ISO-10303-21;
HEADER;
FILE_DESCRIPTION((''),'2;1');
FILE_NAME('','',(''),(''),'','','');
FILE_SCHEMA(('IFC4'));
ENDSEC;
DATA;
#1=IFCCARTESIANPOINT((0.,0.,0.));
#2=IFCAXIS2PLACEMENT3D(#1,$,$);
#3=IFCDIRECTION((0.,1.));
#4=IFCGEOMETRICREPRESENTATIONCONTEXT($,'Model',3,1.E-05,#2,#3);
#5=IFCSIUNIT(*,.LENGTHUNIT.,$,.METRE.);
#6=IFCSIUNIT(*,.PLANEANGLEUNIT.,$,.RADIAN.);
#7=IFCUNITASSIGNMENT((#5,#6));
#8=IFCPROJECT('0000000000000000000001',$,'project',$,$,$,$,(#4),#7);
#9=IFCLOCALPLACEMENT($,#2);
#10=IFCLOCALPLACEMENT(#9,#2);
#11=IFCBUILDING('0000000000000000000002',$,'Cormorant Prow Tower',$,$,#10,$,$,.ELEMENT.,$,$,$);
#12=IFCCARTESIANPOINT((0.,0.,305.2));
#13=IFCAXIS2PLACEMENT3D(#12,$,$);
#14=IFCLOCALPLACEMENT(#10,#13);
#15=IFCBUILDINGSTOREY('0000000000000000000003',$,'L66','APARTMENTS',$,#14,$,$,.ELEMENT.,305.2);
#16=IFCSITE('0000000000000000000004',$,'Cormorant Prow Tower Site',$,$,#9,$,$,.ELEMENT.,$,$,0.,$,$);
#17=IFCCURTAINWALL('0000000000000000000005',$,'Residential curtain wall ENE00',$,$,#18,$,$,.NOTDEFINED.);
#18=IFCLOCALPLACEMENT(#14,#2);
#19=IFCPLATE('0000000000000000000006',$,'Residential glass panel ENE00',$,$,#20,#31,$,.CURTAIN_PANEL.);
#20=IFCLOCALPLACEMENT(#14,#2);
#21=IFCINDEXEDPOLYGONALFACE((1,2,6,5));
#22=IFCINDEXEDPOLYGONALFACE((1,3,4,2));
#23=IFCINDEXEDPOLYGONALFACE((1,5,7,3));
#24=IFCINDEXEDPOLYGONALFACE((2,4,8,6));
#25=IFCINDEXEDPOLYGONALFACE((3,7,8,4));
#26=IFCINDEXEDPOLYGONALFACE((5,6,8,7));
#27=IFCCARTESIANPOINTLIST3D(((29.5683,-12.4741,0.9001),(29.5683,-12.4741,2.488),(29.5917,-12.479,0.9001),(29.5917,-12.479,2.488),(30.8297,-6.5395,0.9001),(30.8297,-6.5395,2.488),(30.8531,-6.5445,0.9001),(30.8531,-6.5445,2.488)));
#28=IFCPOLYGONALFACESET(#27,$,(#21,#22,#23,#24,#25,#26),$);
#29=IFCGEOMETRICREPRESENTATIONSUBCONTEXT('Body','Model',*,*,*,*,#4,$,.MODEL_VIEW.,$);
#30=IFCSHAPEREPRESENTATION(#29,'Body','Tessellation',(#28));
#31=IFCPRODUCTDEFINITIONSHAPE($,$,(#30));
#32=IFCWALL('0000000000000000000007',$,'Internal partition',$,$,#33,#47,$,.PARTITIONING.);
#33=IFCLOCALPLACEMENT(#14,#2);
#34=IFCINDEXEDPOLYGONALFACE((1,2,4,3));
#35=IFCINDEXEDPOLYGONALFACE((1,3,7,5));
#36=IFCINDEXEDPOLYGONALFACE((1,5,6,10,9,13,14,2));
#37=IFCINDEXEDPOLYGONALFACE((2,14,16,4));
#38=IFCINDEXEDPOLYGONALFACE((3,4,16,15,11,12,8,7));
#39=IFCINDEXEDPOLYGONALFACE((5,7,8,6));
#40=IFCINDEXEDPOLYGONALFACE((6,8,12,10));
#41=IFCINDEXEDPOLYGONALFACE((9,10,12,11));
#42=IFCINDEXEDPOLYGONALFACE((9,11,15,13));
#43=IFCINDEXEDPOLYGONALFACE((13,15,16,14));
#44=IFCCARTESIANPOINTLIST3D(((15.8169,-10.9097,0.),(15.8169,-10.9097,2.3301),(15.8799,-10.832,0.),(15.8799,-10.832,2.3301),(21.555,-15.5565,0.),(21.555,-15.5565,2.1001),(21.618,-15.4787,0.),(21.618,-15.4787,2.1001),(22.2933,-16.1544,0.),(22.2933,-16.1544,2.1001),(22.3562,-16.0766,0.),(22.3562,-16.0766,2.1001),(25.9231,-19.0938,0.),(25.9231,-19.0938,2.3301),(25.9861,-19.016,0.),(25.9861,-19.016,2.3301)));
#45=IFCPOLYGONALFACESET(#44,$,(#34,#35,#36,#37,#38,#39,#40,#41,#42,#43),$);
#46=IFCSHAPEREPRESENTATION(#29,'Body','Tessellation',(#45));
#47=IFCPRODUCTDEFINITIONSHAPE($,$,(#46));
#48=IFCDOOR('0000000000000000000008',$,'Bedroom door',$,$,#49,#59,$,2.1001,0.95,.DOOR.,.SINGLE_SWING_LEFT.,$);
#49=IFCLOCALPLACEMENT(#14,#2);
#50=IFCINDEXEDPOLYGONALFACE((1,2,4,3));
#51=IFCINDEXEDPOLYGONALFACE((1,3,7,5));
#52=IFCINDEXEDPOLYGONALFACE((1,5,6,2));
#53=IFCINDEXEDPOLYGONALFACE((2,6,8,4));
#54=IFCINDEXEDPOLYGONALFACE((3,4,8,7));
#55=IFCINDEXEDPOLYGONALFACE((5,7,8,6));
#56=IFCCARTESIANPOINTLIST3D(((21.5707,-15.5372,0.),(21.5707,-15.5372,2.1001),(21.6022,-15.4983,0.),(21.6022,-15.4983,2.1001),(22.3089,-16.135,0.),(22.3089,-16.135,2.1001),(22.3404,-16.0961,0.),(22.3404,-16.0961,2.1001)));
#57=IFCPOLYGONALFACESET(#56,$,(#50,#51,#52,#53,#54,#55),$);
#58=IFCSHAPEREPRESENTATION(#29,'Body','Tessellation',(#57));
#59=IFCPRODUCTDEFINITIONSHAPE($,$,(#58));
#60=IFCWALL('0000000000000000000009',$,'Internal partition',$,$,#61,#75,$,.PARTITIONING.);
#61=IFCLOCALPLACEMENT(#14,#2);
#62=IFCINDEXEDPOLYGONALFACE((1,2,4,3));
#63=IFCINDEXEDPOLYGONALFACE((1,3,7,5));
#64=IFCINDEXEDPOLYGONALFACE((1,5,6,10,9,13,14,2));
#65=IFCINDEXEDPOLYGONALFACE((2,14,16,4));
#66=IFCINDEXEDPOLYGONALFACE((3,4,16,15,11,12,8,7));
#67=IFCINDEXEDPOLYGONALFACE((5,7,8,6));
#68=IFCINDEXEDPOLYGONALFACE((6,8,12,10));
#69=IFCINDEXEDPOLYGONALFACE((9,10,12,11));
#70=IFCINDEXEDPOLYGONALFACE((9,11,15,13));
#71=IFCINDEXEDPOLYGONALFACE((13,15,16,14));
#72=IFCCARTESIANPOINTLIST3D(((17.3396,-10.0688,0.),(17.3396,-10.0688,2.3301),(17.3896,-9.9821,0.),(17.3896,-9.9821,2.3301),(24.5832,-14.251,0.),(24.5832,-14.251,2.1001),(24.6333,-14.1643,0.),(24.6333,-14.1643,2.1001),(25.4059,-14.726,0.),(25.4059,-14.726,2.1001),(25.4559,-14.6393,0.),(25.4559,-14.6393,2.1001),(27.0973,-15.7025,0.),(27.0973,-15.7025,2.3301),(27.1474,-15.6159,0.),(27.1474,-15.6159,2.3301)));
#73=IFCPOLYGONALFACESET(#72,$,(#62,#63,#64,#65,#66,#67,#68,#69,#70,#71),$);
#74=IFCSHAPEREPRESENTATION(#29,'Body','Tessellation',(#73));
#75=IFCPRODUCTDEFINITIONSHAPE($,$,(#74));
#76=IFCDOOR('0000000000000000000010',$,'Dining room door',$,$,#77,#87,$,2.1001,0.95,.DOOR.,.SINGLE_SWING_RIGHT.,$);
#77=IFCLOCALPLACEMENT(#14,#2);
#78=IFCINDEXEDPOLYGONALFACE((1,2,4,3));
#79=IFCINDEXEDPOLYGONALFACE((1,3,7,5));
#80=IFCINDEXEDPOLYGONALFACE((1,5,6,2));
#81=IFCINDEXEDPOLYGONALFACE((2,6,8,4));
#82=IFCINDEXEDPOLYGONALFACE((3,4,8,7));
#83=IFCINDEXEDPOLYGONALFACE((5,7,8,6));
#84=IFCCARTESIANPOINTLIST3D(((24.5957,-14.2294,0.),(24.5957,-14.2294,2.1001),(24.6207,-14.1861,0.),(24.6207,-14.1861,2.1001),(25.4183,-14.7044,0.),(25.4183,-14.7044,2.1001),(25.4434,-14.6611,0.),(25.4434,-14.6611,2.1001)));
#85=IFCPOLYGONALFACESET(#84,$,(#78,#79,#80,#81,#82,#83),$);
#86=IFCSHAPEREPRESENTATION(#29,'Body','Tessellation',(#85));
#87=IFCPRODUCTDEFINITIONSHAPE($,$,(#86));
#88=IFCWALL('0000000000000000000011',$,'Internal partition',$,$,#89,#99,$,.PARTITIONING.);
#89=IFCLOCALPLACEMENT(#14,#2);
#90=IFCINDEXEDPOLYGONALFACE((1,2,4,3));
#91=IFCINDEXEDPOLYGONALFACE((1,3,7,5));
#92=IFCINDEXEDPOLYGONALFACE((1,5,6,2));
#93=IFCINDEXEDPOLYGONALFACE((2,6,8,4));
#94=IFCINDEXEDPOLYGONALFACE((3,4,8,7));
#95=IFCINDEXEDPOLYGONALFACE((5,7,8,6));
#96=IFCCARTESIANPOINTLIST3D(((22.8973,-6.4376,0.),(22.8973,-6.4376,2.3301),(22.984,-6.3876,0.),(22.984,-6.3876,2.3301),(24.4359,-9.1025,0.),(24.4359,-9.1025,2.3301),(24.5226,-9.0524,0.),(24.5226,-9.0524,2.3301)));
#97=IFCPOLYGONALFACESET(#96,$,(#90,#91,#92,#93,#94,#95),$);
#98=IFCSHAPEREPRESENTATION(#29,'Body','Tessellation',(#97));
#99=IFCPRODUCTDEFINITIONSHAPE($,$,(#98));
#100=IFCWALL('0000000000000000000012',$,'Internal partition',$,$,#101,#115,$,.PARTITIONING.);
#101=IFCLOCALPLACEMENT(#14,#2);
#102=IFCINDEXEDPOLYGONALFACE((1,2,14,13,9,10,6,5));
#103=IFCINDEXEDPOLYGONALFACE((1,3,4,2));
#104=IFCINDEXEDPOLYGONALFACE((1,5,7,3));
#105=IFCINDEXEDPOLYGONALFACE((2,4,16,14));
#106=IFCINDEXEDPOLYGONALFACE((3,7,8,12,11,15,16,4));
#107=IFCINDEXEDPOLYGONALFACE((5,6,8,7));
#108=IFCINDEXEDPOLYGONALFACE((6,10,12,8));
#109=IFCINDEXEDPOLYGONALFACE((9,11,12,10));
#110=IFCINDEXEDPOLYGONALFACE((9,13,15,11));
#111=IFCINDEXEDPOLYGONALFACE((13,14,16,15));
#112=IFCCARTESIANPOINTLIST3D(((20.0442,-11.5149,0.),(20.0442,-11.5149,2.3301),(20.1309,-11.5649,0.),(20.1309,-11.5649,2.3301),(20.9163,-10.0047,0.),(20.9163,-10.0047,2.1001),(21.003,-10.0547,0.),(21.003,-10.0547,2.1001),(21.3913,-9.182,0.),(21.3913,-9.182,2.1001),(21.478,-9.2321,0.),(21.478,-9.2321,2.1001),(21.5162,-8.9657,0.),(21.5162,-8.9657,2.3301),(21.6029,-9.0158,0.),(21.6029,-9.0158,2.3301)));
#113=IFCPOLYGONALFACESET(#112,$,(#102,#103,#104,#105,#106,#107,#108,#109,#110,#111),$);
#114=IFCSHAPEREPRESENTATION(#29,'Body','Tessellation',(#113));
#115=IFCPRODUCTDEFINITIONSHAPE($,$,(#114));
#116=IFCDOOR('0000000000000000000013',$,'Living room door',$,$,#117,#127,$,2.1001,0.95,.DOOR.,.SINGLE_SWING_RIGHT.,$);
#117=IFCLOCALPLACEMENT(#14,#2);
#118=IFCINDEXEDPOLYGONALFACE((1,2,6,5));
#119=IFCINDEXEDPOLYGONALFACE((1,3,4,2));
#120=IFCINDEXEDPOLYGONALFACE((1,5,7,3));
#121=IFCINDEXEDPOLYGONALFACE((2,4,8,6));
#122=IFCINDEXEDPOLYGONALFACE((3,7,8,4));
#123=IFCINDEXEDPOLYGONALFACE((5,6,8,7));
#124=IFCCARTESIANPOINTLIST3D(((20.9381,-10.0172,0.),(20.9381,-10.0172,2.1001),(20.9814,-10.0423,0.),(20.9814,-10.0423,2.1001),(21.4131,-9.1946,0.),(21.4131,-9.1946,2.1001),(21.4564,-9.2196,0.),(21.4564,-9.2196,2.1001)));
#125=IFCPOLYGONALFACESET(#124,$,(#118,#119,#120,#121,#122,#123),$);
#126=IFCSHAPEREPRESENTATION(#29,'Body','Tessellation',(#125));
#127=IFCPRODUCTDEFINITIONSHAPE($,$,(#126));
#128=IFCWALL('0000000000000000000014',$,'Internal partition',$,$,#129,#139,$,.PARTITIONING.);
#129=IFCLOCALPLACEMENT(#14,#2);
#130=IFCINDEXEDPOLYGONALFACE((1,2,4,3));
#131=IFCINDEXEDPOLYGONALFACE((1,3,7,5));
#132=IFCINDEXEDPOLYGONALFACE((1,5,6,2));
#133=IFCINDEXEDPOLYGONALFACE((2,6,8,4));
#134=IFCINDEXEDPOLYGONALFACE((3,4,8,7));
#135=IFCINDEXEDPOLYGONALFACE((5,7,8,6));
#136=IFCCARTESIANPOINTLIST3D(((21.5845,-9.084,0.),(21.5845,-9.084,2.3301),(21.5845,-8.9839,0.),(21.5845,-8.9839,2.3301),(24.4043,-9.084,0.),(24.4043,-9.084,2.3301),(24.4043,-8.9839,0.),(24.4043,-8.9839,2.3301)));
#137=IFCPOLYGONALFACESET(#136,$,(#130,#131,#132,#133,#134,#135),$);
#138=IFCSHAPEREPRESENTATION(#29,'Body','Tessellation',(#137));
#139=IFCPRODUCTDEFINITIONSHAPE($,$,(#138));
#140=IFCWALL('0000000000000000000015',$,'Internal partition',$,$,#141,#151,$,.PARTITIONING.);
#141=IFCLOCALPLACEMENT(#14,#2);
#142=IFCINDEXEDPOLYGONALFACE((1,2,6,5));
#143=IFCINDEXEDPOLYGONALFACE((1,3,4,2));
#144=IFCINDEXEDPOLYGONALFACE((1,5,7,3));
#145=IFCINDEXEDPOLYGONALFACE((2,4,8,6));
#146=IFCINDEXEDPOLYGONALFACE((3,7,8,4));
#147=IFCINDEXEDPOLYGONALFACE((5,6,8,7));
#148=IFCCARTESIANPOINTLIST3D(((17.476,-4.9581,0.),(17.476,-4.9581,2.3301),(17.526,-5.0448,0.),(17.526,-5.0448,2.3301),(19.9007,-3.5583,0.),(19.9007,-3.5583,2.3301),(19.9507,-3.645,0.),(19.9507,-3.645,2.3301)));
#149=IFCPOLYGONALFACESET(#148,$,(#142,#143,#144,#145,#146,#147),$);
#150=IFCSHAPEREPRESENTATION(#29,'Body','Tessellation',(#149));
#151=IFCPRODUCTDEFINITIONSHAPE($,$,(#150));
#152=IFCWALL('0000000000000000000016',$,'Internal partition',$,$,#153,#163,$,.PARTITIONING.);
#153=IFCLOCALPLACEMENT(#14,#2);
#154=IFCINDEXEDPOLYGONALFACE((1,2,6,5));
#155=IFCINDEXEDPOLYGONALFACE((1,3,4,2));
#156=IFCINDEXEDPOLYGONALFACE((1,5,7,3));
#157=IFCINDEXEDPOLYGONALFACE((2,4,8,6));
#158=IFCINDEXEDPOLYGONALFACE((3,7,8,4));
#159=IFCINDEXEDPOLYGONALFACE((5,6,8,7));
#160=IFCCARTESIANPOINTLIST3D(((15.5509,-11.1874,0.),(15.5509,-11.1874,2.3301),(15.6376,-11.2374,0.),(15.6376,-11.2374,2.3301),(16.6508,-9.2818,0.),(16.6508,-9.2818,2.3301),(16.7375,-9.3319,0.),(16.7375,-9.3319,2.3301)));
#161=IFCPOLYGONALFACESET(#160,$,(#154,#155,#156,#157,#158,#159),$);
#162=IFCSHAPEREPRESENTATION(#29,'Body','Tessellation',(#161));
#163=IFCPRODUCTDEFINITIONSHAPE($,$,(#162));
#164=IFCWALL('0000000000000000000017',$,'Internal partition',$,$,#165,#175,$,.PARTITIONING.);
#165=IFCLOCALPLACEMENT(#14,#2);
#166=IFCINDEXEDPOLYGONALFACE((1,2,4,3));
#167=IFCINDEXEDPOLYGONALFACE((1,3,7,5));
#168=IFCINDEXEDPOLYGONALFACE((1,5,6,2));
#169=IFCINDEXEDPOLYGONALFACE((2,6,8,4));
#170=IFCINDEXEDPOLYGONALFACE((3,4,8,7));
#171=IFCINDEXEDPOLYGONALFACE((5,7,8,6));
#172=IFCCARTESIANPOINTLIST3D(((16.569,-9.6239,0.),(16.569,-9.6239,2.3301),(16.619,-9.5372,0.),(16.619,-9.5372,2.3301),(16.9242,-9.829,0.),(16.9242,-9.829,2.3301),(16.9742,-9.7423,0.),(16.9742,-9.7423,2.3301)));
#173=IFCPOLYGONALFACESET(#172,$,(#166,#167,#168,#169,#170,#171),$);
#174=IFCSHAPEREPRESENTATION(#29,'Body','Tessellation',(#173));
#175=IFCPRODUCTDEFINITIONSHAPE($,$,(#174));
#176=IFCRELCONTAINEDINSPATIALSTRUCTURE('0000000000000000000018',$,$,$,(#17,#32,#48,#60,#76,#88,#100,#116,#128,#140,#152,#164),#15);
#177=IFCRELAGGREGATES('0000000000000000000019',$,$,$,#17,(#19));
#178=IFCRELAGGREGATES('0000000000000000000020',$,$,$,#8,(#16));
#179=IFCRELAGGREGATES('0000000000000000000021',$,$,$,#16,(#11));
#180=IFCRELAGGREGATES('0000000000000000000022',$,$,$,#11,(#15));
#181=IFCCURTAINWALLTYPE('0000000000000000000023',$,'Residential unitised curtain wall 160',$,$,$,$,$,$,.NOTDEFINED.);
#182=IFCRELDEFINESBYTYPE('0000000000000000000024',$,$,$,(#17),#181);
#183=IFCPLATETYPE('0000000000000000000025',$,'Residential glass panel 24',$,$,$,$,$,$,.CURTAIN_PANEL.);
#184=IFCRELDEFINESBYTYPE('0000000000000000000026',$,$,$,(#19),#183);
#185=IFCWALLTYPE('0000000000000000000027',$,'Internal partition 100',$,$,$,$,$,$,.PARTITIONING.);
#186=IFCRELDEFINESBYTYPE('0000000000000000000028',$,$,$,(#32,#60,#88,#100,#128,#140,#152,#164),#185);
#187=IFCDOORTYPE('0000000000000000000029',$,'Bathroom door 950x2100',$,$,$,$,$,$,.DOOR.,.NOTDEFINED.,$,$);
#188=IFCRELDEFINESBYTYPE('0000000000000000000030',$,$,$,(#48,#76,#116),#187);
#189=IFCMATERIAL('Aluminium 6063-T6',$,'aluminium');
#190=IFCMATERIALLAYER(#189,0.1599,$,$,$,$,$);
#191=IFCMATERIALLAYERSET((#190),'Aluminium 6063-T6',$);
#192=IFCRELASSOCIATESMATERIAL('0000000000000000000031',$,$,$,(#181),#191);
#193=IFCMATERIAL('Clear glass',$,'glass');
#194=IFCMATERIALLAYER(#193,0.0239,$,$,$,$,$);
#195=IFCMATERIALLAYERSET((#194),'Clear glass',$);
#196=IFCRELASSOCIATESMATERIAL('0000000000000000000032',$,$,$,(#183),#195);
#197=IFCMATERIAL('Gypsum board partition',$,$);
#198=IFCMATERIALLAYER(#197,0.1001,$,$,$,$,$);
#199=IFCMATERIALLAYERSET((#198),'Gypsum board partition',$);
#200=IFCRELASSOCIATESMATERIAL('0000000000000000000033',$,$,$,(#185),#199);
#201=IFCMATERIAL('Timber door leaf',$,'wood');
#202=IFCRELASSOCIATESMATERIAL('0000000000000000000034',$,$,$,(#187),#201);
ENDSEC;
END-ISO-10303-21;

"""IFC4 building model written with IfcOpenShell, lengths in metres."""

from ifc_helpers import new_model, si_unit, direction, frame, frame_2d, origin, origin_2d, place, context, subcontext, project, spatial, rectangle, extrude, material, layer, layer_set, type_object, element, fill, aggregate, save


model = new_model("IFC4")

# Units and contexts
model_context = context("Model", 3, precision=1e-05, world=origin(), true_north=direction((0.0, 1.0)))
body_context = subcontext(model_context, "Body", "Model", "MODEL_VIEW")
ifc_project = project(units=[si_unit("LENGTHUNIT", "METRE"), si_unit("PLANEANGLEUNIT", "RADIAN")], contexts=[model_context])

# Site, building, storey
site_placement = place(None, origin())
site = spatial("IfcSite", under=ifc_project, at=site_placement, Name="Cormorant Prow Tower Site", CompositionType="ELEMENT", RefElevation=0.0)
building_placement = place(site_placement, origin())
building = spatial("IfcBuilding", under=site, at=building_placement, Name="Cormorant Prow Tower", CompositionType="ELEMENT")
storey_placement = place(building_placement, frame((0.0, 0.0, 305.2)))
storey = spatial("IfcBuildingStorey", under=building, at=storey_placement, Name="L66", Description="APARTMENTS", CompositionType="ELEMENT", Elevation=305.2)

# Curtain wall
ifc_material_1 = material(Name="Aluminium 6063-T6", Category="aluminium")
ifc_layer_1 = layer(ifc_material_1, 0.1599)
ifc_layer_set_1 = layer_set([ifc_layer_1], Name="Aluminium 6063-T6")
curtain_wall_type = type_object("IfcCurtainWallType", Name="Residential unitised curtain wall 160", PredefinedType="NOTDEFINED", material=ifc_layer_set_1)
curtain_wall_1_placement = place(storey_placement, origin())
curtain_wall_1 = element("IfcCurtainWall", 1, at=curtain_wall_1_placement, inside=storey, type_object=curtain_wall_type, Name="Residential curtain wall ENE00", PredefinedType="NOTDEFINED")

# Plate
ifc_material_2 = material(Name="Clear glass", Category="glass")
ifc_layer_2 = layer(ifc_material_2, 0.0239)
ifc_layer_set_2 = layer_set([ifc_layer_2], Name="Clear glass")
plate_type = type_object("IfcPlateType", Name="Residential glass panel 24", PredefinedType="CURTAIN_PANEL", material=ifc_layer_set_2)
plate_placement = place(storey_placement, frame((30.2107, -9.5093, 0.9001), z_axis=(0.0, 0.0, 1.0), x_axis=(0.207912, 0.978148, 0.0)))
plate = element("IfcPlate", 2, at=plate_placement, type_object=plate_type, Name="Residential glass panel ENE00", PredefinedType="CURTAIN_PANEL", context=body_context, shape_type="SweptSolid", body=[
    extrude(rectangle(XDim=6.0671, YDim=0.0239, at=origin_2d()), origin(), (0.0, 0.0, 1.0), 1.5879),
])
aggregate(curtain_wall_1, [plate])

# Walls, openings, doors
ifc_material_3 = material(Name="Gypsum board partition")
ifc_layer_3 = layer(ifc_material_3, 0.1001)
ifc_layer_set_3 = layer_set([ifc_layer_3], Name="Gypsum board partition")
wall_type_1 = type_object("IfcWallType", Name="Internal partition 100", PredefinedType="PARTITIONING", material=ifc_layer_set_3)
wall_1_placement = place(storey_placement, frame((15.8484, -10.8708, 0.0), z_axis=(0.0, 0.0, 1.0), x_axis=(0.777137, -0.629332, 0.0)))
wall_1 = element("IfcWall", 3, at=wall_1_placement, inside=storey, type_object=wall_type_1, Name="Internal partition", PredefinedType="PARTITIONING", context=body_context, shape_type="SweptSolid", body=[
    extrude(rectangle(XDim=13.0044, YDim=0.1001, at=frame_2d((6.5022, 0.0))), origin(), (0.0, 0.0, 1.0), 2.3301),
])
opening_1_placement = place(wall_1_placement, frame((7.3835, 0.0, 0.0)))
opening_1 = element("IfcOpeningElement", 4, at=opening_1_placement, cuts=wall_1, PredefinedType="OPENING", context=body_context, shape_type="SweptSolid", body=[
    extrude(rectangle(XDim=0.95, YDim=2.1001, at=frame_2d((0.4751, 1.05))), frame((0.0, 0.0601, 0.0), z_axis=(0.0, -1.0, 0.0), x_axis=(1.0, 0.0, 0.0)), (0.0, 0.0, 1.0), 0.1201),
])
ifc_material_4 = material(Name="Timber door leaf", Category="wood")
door_type_1 = type_object("IfcDoorType", Name="Bathroom door 950x2100", OperationType="NOTDEFINED", PredefinedType="DOOR", material=ifc_material_4)
door_1_placement = place(opening_1_placement, origin())
door_1 = element("IfcDoor", 5, at=door_1_placement, inside=storey, type_object=door_type_1, Name="Bedroom door", OperationType="SINGLE_SWING_LEFT", OverallHeight=2.1001, OverallWidth=0.95, PredefinedType="DOOR", context=body_context, shape_type="SweptSolid", body=[
    extrude(rectangle(XDim=0.95, YDim=2.1001, at=frame_2d((0.4751, 1.05))), frame((0.0, 0.0249, 0.0), z_axis=(0.0, -1.0, 0.0), x_axis=(1.0, 0.0, 0.0)), (0.0, 0.0, 1.0), 0.05),
])
fill(opening_1, door_1)
wall_2_placement = place(storey_placement, frame((17.3645, -10.0254, 0.0), z_axis=(0.0, 0.0, 1.0), x_axis=(0.866021, -0.500008, 0.0)))
wall_2 = element("IfcWall", 6, at=wall_2_placement, inside=storey, type_object=wall_type_1, Name="Internal partition", PredefinedType="PARTITIONING", context=body_context, shape_type="SweptSolid", body=[
    extrude(rectangle(XDim=11.2673, YDim=0.1001, at=frame_2d((5.6338, 0.0))), origin(), (0.0, 0.0, 1.0), 2.3301),
])
opening_2_placement = place(wall_2_placement, frame((8.3643, 0.0, 0.0)))
opening_2 = element("IfcOpeningElement", 7, at=opening_2_placement, cuts=wall_2, PredefinedType="OPENING", context=body_context, shape_type="SweptSolid", body=[
    extrude(rectangle(XDim=0.95, YDim=2.1001, at=frame_2d((0.4751, 1.05))), frame((0.0, 0.0601, 0.0), z_axis=(0.0, -1.0, 0.0), x_axis=(1.0, 0.0, 0.0)), (0.0, 0.0, 1.0), 0.1201),
])
door_2_placement = place(opening_2_placement, origin())
door_2 = element("IfcDoor", 8, at=door_2_placement, inside=storey, type_object=door_type_1, Name="Dining room door", OperationType="SINGLE_SWING_RIGHT", OverallHeight=2.1001, OverallWidth=0.95, PredefinedType="DOOR", context=body_context, shape_type="SweptSolid", body=[
    extrude(rectangle(XDim=0.95, YDim=2.1001, at=frame_2d((0.4751, 1.05))), frame((0.0, 0.0249, 0.0), z_axis=(0.0, -1.0, 0.0), x_axis=(1.0, 0.0, 0.0)), (0.0, 0.0, 1.0), 0.05),
])
fill(opening_2, door_2)

# Wall
wall_3_placement = place(storey_placement, frame((22.9407, -6.4126, 0.0), z_axis=(0.0, 0.0, 1.0), x_axis=(0.500013, -0.866018, 0.0)))
element("IfcWall", 9, at=wall_3_placement, inside=storey, type_object=wall_type_1, Name="Internal partition", PredefinedType="PARTITIONING", context=body_context, shape_type="SweptSolid", body=[
    extrude(rectangle(XDim=3.0771, YDim=0.1001, at=frame_2d((1.5386, 0.0))), origin(), (0.0, 0.0, 1.0), 2.3301),
])

# Wall, opening, door
wall_4_placement = place(storey_placement, frame((20.0876, -11.5398, 0.0), z_axis=(0.0, 0.0, 1.0), x_axis=(0.500055, 0.865994, 0.0)))
wall_4 = element("IfcWall", 10, at=wall_4_placement, inside=storey, type_object=wall_type_1, Name="Internal partition", PredefinedType="PARTITIONING", context=body_context, shape_type="SweptSolid", body=[
    extrude(rectangle(XDim=2.9436, YDim=0.1001, at=frame_2d((1.4717, 0.0))), origin(), (0.0, 0.0, 1.0), 2.3301),
])
opening_3_placement = place(wall_4_placement, frame((1.7437, 0.0, 0.0)))
opening_3 = element("IfcOpeningElement", 11, at=opening_3_placement, cuts=wall_4, PredefinedType="OPENING", context=body_context, shape_type="SweptSolid", body=[
    extrude(rectangle(XDim=0.95, YDim=2.1001, at=frame_2d((0.4751, 1.05))), frame((0.0, 0.0601, 0.0), z_axis=(0.0, -1.0, 0.0), x_axis=(1.0, 0.0, 0.0)), (0.0, 0.0, 1.0), 0.1201),
])
door_3_placement = place(opening_3_placement, origin())
door_3 = element("IfcDoor", 12, at=door_3_placement, inside=storey, type_object=door_type_1, Name="Living room door", OperationType="SINGLE_SWING_RIGHT", OverallHeight=2.1001, OverallWidth=0.95, PredefinedType="DOOR", context=body_context, shape_type="SweptSolid", body=[
    extrude(rectangle(XDim=0.95, YDim=2.1001, at=frame_2d((0.4751, 1.05))), frame((0.0, 0.0249, 0.0), z_axis=(0.0, -1.0, 0.0), x_axis=(1.0, 0.0, 0.0)), (0.0, 0.0, 1.0), 0.05),
])
fill(opening_3, door_3)

# Walls
wall_5_placement = place(storey_placement, frame((21.5845, -9.0339, 0.0), z_axis=(0.0, 0.0, 1.0), x_axis=(1.0, 0.0, 0.0)))
element("IfcWall", 13, at=wall_5_placement, inside=storey, type_object=wall_type_1, Name="Internal partition", PredefinedType="PARTITIONING", context=body_context, shape_type="SweptSolid", body=[
    extrude(rectangle(XDim=2.8198, YDim=0.1001, at=frame_2d((1.4099, 0.0))), origin(), (0.0, 0.0, 1.0), 2.3301),
])
wall_6_placement = place(storey_placement, frame((17.501, -5.0015, 0.0), z_axis=(0.0, 0.0, 1.0), x_axis=(0.866035, 0.499984, 0.0)))
element("IfcWall", 14, at=wall_6_placement, inside=storey, type_object=wall_type_1, Name="Internal partition", PredefinedType="PARTITIONING", context=body_context, shape_type="SweptSolid", body=[
    extrude(rectangle(XDim=2.7998, YDim=0.1001, at=frame_2d((1.3999, 0.0))), origin(), (0.0, 0.0, 1.0), 2.3301),
])
wall_7_placement = place(storey_placement, frame((15.5942, -11.2124, 0.0), z_axis=(0.0, 0.0, 1.0), x_axis=(0.499899, 0.866084, 0.0)))
element("IfcWall", 15, at=wall_7_placement, inside=storey, type_object=wall_type_1, Name="Internal partition", PredefinedType="PARTITIONING", context=body_context, shape_type="SweptSolid", body=[
    extrude(rectangle(XDim=2.2002, YDim=0.1001, at=frame_2d((1.1001, 0.0))), origin(), (0.0, 0.0, 1.0), 2.3301),
])
wall_8_placement = place(storey_placement, frame((16.594, -9.5806, 0.0), z_axis=(0.0, 0.0, 1.0), x_axis=(0.866037, -0.49998, 0.0)))
element("IfcWall", 16, at=wall_8_placement, inside=storey, type_object=wall_type_1, Name="Internal partition", PredefinedType="PARTITIONING", context=body_context, shape_type="SweptSolid", body=[
    extrude(rectangle(XDim=0.4102, YDim=0.1001, at=frame_2d((0.2051, 0.0))), origin(), (0.0, 0.0, 1.0), 2.3301),
])

save(model, "model.ifc")
